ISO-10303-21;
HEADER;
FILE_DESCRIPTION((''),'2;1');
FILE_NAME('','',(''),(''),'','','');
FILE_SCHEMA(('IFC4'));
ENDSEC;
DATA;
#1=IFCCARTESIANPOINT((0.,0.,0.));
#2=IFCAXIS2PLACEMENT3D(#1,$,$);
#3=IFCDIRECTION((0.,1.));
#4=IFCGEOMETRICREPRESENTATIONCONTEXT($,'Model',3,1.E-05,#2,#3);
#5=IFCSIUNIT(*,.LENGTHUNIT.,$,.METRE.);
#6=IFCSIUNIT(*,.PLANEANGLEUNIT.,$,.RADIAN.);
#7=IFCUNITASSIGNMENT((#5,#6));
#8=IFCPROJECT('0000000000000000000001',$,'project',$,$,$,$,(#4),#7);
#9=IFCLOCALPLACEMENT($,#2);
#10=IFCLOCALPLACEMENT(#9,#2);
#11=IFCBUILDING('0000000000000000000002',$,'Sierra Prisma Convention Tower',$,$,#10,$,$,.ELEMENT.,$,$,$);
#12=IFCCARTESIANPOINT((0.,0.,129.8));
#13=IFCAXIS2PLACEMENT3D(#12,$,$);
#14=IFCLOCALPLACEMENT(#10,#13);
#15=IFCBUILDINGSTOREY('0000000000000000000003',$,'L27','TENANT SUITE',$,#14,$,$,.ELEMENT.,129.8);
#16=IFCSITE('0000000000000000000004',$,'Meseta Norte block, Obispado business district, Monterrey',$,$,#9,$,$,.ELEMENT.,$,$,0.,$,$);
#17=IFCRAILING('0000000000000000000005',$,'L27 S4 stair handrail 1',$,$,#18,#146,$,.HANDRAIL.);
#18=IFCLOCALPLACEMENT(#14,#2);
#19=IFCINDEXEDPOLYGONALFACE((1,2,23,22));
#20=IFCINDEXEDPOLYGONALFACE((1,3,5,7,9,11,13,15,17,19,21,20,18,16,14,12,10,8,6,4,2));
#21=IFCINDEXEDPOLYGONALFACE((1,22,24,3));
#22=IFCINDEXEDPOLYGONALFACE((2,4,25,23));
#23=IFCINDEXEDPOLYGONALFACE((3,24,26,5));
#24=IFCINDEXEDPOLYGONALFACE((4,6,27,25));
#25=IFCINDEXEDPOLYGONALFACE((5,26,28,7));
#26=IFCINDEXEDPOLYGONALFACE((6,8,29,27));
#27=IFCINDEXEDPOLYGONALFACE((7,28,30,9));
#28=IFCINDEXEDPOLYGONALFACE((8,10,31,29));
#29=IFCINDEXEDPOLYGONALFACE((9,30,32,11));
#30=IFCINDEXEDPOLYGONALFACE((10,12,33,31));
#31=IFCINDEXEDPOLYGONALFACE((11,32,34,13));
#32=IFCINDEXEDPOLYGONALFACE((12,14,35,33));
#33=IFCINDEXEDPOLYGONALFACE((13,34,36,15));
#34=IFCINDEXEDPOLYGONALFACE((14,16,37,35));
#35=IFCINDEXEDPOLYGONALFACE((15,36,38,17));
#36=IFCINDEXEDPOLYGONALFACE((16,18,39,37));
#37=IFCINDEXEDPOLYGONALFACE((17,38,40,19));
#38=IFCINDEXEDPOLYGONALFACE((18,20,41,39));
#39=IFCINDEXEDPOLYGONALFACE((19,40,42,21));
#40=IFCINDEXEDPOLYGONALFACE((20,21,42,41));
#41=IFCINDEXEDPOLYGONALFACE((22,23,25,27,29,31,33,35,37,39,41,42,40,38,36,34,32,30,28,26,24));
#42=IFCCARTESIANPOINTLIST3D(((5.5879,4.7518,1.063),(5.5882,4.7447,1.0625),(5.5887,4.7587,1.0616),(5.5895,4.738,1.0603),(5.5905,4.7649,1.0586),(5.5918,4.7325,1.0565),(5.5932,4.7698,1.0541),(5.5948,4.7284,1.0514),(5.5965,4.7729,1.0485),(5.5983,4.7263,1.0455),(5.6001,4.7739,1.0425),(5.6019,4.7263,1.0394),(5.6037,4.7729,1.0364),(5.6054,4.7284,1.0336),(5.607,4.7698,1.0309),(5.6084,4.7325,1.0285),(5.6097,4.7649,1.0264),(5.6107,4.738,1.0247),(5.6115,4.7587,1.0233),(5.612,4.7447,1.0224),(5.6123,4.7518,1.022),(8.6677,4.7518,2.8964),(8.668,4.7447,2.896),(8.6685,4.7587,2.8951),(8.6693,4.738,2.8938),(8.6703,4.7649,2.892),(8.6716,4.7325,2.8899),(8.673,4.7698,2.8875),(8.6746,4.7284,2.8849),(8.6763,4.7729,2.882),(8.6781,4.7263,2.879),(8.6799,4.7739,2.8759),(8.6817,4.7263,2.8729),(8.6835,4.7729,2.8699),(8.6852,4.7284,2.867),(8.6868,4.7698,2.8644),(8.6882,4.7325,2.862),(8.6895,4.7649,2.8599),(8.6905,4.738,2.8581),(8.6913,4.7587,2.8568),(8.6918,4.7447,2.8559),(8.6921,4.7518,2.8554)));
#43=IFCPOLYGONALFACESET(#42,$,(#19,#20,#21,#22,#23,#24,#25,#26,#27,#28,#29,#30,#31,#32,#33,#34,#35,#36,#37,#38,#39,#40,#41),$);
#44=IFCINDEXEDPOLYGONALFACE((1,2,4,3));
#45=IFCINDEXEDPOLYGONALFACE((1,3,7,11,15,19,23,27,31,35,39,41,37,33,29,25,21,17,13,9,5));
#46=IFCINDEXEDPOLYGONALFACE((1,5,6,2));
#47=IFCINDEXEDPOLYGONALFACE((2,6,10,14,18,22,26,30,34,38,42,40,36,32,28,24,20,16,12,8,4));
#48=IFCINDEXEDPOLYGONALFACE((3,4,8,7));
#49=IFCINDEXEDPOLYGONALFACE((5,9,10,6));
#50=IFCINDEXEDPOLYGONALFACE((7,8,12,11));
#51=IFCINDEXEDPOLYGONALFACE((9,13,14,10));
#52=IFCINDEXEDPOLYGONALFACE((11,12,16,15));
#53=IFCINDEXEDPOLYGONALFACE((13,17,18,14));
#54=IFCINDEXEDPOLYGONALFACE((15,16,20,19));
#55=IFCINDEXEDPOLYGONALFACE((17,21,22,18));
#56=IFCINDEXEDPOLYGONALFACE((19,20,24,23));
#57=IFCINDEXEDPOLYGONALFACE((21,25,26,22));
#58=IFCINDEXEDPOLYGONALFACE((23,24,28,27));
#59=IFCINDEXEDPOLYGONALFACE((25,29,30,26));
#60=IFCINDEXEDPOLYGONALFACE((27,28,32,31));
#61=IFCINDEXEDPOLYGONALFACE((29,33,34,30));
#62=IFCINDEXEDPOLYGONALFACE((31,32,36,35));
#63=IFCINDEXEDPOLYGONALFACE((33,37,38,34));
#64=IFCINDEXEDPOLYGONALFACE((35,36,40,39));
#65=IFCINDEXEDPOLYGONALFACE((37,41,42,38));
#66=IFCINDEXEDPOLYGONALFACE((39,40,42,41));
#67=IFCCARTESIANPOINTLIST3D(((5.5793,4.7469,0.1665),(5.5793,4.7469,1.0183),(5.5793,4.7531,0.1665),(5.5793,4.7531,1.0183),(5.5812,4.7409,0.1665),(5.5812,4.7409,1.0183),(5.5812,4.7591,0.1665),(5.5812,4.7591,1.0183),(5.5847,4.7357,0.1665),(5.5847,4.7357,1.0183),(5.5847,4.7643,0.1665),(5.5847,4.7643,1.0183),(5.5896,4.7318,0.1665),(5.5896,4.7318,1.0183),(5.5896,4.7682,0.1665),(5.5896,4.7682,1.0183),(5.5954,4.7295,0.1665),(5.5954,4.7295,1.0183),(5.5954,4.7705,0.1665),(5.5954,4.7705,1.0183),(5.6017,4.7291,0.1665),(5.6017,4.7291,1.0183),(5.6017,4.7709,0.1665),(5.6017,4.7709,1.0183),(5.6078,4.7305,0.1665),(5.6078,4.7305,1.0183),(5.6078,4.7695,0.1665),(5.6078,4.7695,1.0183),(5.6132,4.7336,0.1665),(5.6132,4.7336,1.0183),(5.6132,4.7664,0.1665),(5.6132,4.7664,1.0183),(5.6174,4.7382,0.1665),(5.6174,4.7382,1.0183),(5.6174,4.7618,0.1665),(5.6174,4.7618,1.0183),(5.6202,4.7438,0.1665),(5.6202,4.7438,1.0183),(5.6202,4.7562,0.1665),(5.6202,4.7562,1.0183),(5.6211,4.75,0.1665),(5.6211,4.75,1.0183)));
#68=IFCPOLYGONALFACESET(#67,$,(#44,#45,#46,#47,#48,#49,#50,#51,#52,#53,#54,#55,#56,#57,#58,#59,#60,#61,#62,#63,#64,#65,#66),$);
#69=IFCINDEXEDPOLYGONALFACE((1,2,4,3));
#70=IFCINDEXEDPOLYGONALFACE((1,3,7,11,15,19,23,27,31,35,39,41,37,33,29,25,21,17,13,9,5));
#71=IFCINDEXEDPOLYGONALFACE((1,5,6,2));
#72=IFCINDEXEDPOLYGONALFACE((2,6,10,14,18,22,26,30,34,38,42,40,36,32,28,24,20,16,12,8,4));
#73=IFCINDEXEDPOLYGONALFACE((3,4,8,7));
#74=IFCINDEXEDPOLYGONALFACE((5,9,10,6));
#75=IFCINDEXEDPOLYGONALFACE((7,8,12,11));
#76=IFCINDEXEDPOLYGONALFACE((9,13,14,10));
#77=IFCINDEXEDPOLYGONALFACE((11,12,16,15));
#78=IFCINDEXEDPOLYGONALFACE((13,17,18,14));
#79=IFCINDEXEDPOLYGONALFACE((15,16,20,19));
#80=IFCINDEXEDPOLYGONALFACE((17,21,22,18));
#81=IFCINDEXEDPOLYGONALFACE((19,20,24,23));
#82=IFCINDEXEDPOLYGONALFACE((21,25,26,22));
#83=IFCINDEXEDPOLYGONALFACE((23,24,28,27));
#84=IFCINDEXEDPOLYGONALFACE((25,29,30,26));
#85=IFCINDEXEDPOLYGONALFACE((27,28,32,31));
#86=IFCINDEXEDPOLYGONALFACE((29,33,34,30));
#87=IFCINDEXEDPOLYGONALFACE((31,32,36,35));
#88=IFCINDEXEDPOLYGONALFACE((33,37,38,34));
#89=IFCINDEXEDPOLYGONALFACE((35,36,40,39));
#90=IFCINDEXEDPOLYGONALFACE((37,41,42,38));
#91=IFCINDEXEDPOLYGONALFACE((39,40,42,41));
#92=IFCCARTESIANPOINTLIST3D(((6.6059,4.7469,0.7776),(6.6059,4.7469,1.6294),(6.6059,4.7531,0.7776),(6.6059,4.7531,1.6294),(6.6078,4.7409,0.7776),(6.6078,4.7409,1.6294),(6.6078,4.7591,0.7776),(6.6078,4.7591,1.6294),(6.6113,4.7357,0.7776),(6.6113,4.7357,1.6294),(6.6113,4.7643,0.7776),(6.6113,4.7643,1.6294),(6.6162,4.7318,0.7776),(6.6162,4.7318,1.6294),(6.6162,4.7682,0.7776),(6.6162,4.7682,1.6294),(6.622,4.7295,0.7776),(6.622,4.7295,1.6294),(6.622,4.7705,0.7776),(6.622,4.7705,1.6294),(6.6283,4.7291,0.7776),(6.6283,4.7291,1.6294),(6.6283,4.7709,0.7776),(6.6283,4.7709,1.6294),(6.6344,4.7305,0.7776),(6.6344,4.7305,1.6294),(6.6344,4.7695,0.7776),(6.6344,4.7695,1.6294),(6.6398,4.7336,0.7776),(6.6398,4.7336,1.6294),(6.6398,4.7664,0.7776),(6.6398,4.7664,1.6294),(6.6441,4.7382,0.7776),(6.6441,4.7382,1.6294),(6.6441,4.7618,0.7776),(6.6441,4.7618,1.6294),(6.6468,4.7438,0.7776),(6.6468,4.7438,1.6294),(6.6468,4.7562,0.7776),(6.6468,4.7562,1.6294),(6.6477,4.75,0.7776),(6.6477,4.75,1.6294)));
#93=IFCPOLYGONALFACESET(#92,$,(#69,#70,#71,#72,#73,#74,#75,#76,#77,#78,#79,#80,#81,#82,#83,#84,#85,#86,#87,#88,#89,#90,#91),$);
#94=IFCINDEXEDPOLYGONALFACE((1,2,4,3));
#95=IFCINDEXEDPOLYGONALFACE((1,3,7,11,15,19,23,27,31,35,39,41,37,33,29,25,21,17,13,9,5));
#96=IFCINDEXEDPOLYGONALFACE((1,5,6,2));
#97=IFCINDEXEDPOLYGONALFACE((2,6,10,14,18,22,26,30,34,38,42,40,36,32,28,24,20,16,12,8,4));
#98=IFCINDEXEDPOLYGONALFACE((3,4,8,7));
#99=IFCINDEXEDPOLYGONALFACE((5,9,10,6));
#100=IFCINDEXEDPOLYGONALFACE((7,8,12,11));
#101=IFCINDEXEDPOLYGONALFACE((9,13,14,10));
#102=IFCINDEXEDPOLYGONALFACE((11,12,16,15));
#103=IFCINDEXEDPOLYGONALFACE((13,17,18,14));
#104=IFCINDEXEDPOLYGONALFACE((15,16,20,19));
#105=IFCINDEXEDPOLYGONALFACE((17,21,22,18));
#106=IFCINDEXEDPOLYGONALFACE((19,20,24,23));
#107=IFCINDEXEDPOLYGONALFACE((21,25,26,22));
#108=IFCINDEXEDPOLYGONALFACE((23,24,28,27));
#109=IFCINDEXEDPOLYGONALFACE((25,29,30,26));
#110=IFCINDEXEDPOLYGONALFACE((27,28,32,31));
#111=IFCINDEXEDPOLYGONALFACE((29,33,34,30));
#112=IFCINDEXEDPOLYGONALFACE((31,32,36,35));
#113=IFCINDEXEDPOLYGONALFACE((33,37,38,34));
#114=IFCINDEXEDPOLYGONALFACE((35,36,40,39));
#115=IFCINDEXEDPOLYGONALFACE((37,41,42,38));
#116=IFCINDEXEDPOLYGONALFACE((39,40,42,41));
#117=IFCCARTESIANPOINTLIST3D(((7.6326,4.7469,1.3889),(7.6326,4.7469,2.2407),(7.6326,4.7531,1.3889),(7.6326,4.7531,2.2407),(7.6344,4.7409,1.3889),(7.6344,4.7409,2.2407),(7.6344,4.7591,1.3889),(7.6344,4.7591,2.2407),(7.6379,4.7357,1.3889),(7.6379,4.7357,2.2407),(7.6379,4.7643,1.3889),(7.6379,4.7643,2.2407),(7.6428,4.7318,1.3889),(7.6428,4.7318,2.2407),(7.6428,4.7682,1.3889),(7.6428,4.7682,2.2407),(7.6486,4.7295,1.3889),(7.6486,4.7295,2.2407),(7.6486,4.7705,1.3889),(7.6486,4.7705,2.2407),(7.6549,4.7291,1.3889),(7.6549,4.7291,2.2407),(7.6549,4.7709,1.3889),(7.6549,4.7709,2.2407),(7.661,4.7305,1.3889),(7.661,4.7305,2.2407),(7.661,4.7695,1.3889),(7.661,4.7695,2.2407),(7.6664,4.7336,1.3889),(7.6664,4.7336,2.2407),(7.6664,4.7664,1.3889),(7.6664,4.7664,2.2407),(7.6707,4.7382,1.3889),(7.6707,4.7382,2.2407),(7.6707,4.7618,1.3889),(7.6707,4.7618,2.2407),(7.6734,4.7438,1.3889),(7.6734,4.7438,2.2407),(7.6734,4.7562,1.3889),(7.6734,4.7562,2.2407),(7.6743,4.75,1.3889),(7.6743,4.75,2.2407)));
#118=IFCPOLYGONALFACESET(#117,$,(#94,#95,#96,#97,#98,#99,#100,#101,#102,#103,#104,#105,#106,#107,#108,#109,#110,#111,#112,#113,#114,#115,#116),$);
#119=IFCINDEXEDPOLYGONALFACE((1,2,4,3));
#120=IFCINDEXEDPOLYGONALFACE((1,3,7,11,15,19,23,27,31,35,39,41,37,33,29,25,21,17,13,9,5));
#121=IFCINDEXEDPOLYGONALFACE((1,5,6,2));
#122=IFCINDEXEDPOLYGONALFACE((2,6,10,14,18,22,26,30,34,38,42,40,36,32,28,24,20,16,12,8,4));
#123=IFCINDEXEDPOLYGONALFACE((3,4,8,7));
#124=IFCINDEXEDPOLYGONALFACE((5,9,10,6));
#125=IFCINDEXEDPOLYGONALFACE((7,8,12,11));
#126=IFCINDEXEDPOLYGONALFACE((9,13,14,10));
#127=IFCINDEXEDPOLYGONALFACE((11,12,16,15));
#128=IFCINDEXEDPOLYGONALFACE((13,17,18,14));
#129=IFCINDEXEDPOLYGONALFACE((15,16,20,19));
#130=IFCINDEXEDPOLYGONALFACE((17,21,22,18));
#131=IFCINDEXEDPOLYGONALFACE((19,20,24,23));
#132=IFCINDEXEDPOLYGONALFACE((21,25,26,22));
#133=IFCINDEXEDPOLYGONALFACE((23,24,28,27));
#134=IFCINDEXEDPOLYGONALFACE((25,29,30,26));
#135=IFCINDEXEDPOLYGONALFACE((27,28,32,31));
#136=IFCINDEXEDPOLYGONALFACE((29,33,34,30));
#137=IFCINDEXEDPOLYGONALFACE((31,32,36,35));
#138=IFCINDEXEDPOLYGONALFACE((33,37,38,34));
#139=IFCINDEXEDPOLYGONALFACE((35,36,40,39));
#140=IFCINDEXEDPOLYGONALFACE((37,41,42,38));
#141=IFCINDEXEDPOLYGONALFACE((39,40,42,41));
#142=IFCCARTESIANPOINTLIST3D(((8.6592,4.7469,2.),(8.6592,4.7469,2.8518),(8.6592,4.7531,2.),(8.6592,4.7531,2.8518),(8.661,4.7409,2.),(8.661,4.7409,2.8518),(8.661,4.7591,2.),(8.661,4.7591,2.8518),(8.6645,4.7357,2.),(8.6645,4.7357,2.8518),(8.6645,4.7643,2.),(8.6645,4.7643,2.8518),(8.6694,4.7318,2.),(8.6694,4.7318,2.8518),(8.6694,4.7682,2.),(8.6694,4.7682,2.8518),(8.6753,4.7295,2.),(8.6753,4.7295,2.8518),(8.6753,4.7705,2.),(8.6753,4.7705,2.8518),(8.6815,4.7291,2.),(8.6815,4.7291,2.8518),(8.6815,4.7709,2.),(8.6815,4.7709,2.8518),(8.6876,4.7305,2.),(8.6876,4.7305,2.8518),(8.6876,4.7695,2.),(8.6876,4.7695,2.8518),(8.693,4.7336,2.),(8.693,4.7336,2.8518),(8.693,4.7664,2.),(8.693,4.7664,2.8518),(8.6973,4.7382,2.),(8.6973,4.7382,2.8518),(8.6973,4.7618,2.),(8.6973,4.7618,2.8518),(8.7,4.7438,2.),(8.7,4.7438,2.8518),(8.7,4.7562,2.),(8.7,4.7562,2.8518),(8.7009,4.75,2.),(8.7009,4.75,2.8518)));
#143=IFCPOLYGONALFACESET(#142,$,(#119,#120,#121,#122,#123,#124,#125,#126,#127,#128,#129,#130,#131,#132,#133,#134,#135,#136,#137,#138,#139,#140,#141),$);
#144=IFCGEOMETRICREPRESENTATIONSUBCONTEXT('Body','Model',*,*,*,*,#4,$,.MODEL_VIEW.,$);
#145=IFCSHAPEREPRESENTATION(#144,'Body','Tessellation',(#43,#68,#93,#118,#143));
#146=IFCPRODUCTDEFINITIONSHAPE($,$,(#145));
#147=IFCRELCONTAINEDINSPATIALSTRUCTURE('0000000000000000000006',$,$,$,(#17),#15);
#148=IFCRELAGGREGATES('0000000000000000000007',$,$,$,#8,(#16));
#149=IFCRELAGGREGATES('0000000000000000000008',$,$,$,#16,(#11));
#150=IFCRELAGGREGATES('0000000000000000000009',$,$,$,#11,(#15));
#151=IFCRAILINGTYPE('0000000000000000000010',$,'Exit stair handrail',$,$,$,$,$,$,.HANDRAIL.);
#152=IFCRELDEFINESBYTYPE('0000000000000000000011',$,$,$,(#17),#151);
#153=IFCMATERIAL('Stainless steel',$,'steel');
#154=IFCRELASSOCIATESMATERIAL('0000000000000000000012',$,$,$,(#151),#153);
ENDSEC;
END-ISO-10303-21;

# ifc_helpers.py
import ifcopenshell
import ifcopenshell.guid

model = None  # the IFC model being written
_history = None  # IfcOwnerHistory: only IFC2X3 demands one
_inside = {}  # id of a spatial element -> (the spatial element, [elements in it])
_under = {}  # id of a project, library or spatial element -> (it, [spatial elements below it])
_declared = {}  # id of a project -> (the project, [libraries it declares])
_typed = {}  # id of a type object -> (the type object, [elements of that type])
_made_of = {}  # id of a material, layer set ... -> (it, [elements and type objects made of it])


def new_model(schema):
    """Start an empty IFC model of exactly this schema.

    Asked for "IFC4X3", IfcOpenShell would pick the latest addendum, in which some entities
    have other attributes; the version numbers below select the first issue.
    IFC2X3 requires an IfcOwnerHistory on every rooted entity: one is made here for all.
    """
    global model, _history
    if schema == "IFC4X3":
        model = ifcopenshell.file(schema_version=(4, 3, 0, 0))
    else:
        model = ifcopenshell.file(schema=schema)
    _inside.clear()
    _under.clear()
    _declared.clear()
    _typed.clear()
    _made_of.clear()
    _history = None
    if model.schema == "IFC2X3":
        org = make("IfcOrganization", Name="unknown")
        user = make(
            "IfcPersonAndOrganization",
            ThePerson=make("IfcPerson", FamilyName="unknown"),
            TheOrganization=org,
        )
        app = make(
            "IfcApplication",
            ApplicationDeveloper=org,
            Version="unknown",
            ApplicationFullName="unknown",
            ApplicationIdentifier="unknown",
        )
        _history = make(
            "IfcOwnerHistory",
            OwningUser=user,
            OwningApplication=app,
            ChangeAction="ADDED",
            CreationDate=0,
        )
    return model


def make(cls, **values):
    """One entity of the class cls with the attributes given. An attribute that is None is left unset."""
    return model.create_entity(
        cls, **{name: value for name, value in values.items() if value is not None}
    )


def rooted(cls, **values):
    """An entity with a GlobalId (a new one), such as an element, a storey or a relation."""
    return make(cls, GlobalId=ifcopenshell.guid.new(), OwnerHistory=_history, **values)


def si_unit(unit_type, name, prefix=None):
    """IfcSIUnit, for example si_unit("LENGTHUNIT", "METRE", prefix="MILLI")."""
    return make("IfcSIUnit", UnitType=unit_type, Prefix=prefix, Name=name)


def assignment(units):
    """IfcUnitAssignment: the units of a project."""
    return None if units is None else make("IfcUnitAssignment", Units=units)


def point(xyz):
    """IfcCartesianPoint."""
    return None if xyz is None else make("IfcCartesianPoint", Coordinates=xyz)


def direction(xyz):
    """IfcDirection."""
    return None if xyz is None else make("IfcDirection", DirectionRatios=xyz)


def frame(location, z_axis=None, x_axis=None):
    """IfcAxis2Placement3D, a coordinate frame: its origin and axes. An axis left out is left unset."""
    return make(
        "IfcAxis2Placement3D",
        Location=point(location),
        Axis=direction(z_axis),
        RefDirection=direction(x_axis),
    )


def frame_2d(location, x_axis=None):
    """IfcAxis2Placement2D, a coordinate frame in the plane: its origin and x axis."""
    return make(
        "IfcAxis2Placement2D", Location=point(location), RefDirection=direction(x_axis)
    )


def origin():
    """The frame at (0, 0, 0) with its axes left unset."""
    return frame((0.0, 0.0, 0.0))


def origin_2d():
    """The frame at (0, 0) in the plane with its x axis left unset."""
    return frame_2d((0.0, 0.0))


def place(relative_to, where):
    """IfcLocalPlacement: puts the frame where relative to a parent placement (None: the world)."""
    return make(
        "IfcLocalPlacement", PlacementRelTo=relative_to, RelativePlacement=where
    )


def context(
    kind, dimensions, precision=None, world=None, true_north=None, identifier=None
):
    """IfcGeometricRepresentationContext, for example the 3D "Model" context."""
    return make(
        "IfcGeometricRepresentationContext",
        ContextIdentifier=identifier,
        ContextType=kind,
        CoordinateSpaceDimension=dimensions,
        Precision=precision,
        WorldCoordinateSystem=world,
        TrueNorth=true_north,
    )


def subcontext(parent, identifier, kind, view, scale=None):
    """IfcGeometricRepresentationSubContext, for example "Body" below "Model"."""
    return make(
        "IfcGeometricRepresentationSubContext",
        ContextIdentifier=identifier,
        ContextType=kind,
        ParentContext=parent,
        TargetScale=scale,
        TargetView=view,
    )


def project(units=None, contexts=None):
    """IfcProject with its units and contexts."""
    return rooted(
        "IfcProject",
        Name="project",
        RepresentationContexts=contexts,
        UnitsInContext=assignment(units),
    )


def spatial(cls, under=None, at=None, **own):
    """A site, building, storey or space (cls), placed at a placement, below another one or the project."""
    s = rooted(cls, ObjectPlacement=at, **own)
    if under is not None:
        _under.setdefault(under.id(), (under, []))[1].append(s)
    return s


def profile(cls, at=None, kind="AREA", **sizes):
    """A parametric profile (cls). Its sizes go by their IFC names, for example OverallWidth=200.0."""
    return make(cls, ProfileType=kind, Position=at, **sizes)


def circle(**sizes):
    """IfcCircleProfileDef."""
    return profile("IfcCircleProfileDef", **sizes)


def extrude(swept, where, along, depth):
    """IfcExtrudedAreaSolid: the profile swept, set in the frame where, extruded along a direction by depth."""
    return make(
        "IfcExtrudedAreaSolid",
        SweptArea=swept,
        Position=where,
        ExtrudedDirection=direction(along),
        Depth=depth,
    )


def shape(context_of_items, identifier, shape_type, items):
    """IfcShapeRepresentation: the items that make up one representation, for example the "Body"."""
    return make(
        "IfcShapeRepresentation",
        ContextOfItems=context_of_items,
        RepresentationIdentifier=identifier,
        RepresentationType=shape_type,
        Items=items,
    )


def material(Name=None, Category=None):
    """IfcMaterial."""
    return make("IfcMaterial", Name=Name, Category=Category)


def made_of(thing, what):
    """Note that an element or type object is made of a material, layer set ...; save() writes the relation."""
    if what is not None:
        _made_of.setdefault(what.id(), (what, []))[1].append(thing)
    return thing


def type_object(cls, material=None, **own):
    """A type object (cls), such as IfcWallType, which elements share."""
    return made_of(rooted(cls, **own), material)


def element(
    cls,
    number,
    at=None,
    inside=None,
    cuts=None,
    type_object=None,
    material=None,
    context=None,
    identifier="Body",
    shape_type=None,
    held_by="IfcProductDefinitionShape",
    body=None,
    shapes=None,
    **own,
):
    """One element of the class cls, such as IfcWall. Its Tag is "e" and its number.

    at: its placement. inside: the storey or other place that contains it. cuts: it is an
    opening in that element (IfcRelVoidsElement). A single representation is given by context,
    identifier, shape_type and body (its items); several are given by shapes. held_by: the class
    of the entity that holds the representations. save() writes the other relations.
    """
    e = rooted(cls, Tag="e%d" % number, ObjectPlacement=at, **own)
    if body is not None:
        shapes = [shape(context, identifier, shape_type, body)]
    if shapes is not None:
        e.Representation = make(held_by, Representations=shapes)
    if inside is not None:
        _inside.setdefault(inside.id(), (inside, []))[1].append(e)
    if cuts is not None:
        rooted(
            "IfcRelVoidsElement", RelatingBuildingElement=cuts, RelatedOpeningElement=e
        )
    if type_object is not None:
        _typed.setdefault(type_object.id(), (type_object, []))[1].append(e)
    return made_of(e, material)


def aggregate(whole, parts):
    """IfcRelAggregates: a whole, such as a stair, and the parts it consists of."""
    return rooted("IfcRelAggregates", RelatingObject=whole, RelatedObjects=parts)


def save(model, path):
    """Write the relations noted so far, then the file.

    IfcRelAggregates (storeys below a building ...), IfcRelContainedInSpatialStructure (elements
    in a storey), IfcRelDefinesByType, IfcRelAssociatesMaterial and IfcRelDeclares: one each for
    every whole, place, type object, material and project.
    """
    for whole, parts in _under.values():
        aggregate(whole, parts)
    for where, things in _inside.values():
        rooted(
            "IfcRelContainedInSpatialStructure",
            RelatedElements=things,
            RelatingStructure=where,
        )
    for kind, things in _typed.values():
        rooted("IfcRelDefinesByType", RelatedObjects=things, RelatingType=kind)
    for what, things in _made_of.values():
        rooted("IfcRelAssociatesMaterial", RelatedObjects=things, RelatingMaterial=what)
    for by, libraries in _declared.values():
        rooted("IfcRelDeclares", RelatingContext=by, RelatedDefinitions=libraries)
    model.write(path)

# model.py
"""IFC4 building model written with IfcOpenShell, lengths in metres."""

from ifc_helpers import new_model, si_unit, direction, frame, origin, origin_2d, place, context, subcontext, project, spatial, circle, extrude, material, type_object, element, save


model = new_model("IFC4")

# Units and contexts
model_context = context("Model", 3, precision=1e-05, world=origin(), true_north=direction((0.0, 1.0)))
body_context = subcontext(model_context, "Body", "Model", "MODEL_VIEW")
ifc_project = project(units=[si_unit("LENGTHUNIT", "METRE"), si_unit("PLANEANGLEUNIT", "RADIAN")], contexts=[model_context])

# Site, building, storey
site_placement = place(None, origin())
site = spatial("IfcSite", under=ifc_project, at=site_placement, Name="Meseta Norte block, Obispado business district, Monterrey", CompositionType="ELEMENT", RefElevation=0.0)
building_placement = place(site_placement, origin())
building = spatial("IfcBuilding", under=site, at=building_placement, Name="Sierra Prisma Convention Tower", CompositionType="ELEMENT")
storey_placement = place(building_placement, frame((0.0, 0.0, 129.8)))
storey = spatial("IfcBuildingStorey", under=building, at=storey_placement, Name="L27", Description="TENANT SUITE", CompositionType="ELEMENT", Elevation=129.8)

# Railing
ifc_material_1 = material(Name="Stainless steel", Category="steel")
railing_type_1 = type_object("IfcRailingType", Name="Exit stair handrail", PredefinedType="HANDRAIL", material=ifc_material_1)
railing_1_placement = place(storey_placement, frame((5.6001, 4.75, 0.1665)))
element("IfcRailing", 1, at=railing_1_placement, inside=storey, type_object=railing_type_1, Name="L27 S4 stair handrail 1", PredefinedType="HANDRAIL", context=body_context, shape_type="SweptSolid", body=[
    extrude(circle(Radius=0.0239, at=origin_2d()), frame((0.0, 0.0, 0.876), z_axis=(0.859261, 0.0, 0.511538), x_axis=(0.0, 1.0, 0.0)), (0.0, 0.0, 1.0), 3.5842),
    extrude(circle(Radius=0.021, at=origin_2d()), origin(), (0.0, 0.0, 1.0), 0.8518),
    extrude(circle(Radius=0.021, at=origin_2d()), frame((1.0266, 0.0, 0.6111)), (0.0, 0.0, 1.0), 0.8518),
    extrude(circle(Radius=0.021, at=origin_2d()), frame((2.0532, 0.0, 1.2224)), (0.0, 0.0, 1.0), 0.8518),
    extrude(circle(Radius=0.021, at=origin_2d()), frame((3.0798, 0.0, 1.8335)), (0.0, 0.0, 1.0), 0.8518),
])

save(model, "model.ifc")
